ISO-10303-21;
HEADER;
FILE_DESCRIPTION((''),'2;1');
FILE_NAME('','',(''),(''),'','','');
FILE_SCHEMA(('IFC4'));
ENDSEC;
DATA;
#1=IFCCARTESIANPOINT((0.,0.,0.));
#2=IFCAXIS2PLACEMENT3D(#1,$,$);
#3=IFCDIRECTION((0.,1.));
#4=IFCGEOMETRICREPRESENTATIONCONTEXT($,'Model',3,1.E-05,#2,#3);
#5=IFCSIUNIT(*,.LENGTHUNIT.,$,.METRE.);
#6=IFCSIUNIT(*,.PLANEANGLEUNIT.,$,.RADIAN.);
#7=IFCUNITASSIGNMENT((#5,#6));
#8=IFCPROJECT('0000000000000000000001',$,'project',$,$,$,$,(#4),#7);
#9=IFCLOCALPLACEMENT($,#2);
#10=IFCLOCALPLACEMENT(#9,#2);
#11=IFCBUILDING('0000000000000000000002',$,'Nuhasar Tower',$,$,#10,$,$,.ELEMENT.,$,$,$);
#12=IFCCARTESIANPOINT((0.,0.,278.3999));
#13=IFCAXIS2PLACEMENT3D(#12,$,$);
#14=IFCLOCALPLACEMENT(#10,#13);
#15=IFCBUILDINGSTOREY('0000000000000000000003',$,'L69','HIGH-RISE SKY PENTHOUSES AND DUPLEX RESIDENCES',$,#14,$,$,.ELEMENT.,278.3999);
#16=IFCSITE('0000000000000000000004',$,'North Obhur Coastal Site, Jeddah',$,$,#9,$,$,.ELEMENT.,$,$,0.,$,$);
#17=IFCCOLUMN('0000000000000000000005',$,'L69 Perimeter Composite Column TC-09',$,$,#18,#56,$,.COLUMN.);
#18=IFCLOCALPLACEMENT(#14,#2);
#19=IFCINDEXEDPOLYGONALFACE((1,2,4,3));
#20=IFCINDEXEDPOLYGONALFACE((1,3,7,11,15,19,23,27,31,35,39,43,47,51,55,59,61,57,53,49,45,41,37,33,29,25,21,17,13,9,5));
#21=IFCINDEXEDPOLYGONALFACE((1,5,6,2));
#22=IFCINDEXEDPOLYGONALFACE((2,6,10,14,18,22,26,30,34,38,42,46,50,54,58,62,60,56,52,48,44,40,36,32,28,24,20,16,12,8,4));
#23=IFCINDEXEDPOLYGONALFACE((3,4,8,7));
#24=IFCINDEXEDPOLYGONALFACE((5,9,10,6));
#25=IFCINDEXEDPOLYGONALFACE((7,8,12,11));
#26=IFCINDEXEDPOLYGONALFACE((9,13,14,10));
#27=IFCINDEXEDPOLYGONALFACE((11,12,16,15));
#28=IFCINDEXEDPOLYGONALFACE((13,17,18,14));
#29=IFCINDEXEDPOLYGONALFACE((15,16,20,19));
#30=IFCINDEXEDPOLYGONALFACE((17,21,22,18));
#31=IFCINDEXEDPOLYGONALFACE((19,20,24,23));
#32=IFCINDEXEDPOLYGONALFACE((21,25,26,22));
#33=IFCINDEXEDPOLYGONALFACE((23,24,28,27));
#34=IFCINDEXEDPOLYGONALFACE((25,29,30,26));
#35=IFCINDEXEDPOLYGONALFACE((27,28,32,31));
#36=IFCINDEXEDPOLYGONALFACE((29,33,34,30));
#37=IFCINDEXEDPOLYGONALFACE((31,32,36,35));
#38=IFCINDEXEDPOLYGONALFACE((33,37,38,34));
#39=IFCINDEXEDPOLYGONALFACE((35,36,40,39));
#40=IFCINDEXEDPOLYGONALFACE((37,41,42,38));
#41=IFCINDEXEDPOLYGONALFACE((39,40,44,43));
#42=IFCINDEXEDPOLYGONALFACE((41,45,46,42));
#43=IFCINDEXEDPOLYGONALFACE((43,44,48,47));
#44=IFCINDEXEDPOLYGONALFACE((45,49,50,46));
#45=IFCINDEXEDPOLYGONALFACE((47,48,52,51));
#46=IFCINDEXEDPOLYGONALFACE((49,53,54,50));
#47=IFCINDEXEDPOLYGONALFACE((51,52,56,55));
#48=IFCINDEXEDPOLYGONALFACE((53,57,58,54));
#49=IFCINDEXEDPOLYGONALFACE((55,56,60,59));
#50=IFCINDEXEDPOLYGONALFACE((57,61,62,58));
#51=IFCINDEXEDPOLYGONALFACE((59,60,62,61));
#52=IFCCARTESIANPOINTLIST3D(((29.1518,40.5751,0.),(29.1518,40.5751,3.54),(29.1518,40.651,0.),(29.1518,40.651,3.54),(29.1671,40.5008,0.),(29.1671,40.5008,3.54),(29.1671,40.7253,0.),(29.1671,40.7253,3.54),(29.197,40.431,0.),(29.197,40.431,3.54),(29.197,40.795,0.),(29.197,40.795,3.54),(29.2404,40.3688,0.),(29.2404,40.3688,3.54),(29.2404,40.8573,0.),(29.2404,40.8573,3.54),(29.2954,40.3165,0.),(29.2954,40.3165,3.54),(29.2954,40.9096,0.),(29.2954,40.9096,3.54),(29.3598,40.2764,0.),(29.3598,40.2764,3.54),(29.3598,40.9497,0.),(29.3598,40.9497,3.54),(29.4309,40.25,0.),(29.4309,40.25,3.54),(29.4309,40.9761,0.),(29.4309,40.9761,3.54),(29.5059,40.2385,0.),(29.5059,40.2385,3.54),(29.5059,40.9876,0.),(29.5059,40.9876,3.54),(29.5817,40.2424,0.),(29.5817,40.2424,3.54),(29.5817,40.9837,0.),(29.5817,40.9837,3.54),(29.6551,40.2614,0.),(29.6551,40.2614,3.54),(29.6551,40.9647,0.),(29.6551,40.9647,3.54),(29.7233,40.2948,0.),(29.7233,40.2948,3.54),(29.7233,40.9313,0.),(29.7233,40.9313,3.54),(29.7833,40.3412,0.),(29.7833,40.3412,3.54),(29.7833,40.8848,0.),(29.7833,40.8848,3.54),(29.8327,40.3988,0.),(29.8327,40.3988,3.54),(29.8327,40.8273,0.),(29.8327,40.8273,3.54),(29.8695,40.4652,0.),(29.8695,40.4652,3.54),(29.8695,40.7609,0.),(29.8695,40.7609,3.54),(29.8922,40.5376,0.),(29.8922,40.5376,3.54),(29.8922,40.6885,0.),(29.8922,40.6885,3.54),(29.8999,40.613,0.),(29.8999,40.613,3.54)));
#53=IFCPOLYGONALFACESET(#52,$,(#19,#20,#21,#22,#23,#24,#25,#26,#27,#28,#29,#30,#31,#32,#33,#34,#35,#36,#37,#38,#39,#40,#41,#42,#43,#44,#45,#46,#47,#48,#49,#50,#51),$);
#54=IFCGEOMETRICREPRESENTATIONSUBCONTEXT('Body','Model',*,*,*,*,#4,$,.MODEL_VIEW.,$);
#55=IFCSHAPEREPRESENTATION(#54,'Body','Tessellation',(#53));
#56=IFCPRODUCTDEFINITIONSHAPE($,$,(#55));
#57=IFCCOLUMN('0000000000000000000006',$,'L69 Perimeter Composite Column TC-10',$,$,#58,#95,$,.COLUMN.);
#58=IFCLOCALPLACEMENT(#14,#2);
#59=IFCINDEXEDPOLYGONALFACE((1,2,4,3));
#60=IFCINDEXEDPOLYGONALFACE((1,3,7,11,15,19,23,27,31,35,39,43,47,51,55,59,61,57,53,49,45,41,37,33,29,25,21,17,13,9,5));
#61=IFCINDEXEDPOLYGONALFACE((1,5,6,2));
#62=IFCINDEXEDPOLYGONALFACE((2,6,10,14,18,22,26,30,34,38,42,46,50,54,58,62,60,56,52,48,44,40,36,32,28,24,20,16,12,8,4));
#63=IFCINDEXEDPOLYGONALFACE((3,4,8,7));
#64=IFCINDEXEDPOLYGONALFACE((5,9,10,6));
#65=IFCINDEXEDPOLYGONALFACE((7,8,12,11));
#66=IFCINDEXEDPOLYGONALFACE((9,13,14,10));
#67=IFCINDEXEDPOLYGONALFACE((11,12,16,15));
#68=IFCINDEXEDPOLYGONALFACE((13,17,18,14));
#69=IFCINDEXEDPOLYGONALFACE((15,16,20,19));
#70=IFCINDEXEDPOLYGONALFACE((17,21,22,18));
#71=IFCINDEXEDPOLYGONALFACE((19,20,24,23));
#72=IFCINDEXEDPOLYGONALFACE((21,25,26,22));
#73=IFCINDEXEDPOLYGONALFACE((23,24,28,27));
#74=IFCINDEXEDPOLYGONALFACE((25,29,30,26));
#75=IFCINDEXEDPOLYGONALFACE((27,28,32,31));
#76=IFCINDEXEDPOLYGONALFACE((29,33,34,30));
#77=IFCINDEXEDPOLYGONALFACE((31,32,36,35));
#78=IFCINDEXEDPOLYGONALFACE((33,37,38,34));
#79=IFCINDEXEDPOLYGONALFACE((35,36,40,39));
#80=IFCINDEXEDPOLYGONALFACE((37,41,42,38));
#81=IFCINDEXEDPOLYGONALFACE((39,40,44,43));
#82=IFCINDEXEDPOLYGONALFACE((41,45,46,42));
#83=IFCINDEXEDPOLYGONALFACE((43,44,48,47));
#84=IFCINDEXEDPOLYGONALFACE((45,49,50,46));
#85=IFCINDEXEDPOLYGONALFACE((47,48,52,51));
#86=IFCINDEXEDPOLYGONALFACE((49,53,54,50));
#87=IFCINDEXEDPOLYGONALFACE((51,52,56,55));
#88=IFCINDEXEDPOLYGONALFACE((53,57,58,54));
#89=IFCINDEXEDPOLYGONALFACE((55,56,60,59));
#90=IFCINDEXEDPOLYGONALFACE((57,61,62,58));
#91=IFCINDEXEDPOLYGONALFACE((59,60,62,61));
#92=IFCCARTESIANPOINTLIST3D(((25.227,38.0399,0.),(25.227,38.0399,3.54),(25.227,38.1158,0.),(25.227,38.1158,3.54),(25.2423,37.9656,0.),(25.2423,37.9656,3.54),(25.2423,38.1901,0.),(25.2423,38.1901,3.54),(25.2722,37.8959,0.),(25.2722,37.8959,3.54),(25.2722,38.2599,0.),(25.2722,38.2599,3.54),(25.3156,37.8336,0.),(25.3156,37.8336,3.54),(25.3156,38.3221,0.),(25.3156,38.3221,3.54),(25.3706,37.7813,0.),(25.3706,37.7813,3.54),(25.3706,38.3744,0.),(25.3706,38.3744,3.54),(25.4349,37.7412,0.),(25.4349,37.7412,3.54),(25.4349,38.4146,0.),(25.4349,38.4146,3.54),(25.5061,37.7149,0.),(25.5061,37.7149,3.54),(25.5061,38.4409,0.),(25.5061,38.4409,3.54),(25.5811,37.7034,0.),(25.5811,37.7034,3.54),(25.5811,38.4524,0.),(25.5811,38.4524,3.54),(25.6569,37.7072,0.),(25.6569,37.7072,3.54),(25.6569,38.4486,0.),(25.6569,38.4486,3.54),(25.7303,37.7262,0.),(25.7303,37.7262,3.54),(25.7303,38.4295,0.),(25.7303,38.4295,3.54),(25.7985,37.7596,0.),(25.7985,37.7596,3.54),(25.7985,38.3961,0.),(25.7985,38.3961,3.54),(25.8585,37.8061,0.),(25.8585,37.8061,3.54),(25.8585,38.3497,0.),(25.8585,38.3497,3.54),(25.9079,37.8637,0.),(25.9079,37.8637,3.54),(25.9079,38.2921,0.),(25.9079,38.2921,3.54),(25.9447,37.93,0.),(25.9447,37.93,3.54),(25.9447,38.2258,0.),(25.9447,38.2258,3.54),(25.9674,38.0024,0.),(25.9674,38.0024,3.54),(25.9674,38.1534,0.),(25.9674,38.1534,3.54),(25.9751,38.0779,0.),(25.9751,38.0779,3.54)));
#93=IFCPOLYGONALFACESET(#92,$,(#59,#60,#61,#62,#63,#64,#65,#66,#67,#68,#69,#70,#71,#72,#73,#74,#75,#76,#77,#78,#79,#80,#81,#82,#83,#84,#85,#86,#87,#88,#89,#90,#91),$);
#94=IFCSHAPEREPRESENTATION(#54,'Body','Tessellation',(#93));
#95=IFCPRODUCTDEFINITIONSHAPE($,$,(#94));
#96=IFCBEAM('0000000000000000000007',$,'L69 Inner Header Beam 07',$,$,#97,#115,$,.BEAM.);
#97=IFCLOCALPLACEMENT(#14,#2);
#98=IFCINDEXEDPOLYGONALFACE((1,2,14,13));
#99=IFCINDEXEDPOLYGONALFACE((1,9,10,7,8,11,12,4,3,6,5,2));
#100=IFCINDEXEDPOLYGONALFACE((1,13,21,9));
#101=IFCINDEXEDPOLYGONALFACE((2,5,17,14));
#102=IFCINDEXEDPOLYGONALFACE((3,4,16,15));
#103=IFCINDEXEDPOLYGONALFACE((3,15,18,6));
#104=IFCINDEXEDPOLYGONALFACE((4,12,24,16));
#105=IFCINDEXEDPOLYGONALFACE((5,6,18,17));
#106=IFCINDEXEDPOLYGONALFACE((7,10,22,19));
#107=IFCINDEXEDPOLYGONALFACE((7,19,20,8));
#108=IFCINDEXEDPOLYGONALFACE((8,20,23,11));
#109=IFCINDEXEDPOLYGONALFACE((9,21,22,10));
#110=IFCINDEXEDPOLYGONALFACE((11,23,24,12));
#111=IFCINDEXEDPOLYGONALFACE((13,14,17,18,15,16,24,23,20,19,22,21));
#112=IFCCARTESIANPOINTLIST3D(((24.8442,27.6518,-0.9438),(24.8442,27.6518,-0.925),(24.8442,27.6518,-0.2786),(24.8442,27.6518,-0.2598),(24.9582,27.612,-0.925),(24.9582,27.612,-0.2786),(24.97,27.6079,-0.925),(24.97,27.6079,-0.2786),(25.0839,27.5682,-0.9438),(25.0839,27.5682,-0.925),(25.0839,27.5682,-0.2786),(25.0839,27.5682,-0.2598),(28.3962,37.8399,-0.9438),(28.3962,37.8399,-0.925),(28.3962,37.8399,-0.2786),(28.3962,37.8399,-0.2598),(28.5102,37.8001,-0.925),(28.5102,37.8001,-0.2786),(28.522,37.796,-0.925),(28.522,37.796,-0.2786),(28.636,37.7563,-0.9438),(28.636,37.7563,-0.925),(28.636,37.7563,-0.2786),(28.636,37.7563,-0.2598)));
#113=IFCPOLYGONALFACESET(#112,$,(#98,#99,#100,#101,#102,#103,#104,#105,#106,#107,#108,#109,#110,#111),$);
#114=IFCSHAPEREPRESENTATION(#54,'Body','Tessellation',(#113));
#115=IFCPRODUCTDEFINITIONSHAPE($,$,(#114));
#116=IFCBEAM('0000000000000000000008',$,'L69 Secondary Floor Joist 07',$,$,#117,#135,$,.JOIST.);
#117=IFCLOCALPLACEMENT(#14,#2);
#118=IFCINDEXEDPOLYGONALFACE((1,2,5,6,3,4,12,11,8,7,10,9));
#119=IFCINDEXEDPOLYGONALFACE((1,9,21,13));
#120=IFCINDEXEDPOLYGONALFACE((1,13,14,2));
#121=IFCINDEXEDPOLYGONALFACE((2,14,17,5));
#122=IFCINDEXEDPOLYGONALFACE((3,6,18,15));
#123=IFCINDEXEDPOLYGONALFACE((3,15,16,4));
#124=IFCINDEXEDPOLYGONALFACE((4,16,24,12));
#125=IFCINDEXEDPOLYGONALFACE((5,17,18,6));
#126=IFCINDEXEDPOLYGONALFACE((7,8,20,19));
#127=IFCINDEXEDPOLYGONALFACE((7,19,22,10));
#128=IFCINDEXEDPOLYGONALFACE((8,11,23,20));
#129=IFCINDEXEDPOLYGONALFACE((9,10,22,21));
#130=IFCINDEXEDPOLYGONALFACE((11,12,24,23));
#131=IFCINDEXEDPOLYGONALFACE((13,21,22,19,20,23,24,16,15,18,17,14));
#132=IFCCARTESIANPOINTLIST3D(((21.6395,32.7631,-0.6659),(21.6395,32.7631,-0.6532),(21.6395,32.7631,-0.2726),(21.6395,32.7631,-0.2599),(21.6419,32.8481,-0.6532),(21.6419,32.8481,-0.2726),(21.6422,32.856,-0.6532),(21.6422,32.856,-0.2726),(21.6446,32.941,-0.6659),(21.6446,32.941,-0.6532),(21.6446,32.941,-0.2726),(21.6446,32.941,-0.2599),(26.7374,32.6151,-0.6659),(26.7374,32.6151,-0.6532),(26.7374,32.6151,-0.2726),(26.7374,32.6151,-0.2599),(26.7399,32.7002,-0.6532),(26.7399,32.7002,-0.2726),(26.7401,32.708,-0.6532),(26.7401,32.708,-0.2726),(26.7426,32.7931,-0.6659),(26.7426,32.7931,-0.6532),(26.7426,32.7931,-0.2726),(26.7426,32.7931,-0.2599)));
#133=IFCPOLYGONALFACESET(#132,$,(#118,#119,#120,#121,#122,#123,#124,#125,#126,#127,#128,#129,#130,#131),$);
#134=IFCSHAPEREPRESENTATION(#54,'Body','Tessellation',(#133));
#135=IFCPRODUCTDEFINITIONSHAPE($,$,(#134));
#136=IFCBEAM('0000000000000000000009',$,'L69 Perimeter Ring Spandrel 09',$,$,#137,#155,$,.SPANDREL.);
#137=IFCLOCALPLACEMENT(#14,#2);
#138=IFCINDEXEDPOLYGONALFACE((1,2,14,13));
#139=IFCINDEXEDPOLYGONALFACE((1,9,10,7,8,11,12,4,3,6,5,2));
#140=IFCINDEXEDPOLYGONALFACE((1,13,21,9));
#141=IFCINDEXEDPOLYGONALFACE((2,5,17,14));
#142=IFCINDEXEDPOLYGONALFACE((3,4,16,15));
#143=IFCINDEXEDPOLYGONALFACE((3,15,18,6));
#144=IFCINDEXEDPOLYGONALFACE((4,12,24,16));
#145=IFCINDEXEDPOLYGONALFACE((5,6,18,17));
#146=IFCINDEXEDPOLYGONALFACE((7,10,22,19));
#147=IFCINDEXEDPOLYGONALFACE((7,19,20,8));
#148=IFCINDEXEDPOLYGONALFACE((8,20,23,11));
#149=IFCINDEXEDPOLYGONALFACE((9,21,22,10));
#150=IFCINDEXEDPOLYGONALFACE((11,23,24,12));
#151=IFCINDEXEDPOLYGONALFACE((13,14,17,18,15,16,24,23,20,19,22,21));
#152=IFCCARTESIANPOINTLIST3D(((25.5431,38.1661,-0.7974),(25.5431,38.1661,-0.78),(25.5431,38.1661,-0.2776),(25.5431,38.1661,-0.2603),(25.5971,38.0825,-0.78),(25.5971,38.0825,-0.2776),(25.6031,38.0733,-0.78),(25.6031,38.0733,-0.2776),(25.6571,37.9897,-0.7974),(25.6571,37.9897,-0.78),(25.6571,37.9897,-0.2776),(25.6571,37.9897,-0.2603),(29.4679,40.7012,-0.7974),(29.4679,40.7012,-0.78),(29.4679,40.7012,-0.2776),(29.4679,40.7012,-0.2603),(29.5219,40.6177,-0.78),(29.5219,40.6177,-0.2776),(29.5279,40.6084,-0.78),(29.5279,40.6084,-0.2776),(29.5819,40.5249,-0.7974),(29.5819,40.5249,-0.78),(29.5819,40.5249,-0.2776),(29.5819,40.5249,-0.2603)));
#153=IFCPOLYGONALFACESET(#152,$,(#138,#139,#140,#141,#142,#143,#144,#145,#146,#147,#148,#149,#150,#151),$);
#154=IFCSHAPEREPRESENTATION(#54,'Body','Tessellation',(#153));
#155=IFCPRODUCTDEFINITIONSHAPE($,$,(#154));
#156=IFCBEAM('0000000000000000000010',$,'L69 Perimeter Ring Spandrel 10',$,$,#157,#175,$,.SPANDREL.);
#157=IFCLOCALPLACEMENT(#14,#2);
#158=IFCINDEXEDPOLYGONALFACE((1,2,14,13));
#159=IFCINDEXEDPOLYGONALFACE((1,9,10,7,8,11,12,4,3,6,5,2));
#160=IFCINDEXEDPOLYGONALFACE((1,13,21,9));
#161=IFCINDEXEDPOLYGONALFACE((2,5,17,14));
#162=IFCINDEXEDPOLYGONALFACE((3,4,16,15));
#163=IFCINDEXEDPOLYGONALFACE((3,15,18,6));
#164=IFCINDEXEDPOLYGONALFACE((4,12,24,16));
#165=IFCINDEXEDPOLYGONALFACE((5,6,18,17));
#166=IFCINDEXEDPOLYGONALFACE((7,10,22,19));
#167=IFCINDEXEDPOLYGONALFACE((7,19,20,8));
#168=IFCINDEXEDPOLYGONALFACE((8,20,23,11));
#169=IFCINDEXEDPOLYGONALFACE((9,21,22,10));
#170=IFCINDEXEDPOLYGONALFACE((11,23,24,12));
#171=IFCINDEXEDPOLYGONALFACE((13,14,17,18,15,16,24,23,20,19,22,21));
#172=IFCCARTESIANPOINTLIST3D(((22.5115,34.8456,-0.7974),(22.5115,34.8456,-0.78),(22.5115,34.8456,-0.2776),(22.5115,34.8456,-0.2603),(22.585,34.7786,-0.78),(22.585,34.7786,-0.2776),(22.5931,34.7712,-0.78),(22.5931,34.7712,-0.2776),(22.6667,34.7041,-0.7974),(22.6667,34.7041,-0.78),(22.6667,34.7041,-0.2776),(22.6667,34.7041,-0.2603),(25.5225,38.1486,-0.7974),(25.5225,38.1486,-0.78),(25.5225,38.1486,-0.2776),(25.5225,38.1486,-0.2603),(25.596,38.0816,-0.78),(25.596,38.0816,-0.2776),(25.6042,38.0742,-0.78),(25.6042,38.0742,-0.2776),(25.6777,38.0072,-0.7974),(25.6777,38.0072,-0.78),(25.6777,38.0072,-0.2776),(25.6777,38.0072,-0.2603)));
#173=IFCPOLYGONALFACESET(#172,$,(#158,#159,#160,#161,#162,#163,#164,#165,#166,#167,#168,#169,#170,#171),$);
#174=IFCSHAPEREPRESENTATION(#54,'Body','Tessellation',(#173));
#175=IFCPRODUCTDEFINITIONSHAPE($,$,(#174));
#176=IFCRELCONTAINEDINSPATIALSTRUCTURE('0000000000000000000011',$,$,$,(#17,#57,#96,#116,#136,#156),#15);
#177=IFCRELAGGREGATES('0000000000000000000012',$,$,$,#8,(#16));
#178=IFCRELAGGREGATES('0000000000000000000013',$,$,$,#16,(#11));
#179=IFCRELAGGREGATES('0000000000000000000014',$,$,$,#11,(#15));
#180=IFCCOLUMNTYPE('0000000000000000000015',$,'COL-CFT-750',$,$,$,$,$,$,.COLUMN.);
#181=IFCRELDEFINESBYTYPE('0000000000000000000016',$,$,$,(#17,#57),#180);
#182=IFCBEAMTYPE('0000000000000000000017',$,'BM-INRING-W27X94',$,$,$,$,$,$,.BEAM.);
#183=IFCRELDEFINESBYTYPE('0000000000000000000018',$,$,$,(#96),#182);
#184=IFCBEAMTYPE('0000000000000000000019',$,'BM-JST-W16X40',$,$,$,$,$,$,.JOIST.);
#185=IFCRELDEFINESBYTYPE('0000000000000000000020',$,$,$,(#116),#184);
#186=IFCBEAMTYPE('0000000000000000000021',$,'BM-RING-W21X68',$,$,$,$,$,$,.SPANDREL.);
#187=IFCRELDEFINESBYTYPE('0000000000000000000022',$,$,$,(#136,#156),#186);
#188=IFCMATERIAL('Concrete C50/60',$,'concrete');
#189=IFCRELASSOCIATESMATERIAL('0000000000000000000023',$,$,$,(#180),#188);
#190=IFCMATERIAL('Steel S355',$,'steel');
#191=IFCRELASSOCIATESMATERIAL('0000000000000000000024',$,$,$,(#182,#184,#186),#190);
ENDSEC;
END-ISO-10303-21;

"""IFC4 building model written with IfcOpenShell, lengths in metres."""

from ifc_helpers import new_model, si_unit, direction, frame, origin, origin_2d, place, context, subcontext, project, spatial, circle, i_section, extrude, material, material_profile, profile_set, type_object, element, save


model = new_model("IFC4")

# Units and contexts
model_context = context("Model", 3, precision=1e-05, world=origin(), true_north=direction((0.0, 1.0)))
body_context = subcontext(model_context, "Body", "Model", "MODEL_VIEW")
ifc_project = project(units=[si_unit("LENGTHUNIT", "METRE"), si_unit("PLANEANGLEUNIT", "RADIAN")], contexts=[model_context])

# Site, building, storey
site_placement = place(None, origin())
site = spatial("IfcSite", under=ifc_project, at=site_placement, Name="North Obhur Coastal Site, Jeddah", CompositionType="ELEMENT", RefElevation=0.0)
building_placement = place(site_placement, origin())
building = spatial("IfcBuilding", under=site, at=building_placement, Name="Nuhasar Tower", CompositionType="ELEMENT")
storey_placement = place(building_placement, frame((0.0, 0.0, 278.3999)))
storey = spatial("IfcBuildingStorey", under=building, at=storey_placement, Name="L69", Description="HIGH-RISE SKY PENTHOUSES AND DUPLEX RESIDENCES", CompositionType="ELEMENT", Elevation=278.3999)

# Columns
ifc_material_1 = material(Name="Concrete C50/60", Category="concrete")
ifc_material_profile_1 = material_profile(ifc_material_1, circle(Radius=0.375, at=origin_2d()), Name="CFT750")
ifc_profile_set_1 = profile_set([ifc_material_profile_1], Name="Concrete C50/60")
column_type = type_object("IfcColumnType", Name="COL-CFT-750", PredefinedType="COLUMN", material=ifc_profile_set_1)
for number, where, z_axis, x_axis, name in (
    (1, (29.5249, 40.613, 0.0), (0.0, 0.0, 1.0), (1.0, 0.0, 0.0), "L69 Perimeter Composite Column TC-09"),
    (2, (25.6001, 38.0779, 0.0), (0.0, 0.0, 1.0), (1.0, 0.0, 0.0), "L69 Perimeter Composite Column TC-10"),
):
    element("IfcColumn", number, at=place(storey_placement, frame(where, z_axis=z_axis, x_axis=x_axis)), inside=storey, type_object=column_type, Name=name, PredefinedType="COLUMN", context=body_context, shape_type="SweptSolid", body=[
        extrude(circle(Radius=0.375, at=origin_2d()), origin(), (0.0, 0.0, 1.0), 3.54),
    ])

# Beams
ifc_material_2 = material(Name="Steel S355", Category="steel")
ifc_material_profile_2 = material_profile(ifc_material_2, i_section(OverallWidth=0.2539, OverallDepth=0.6841, WebThickness=0.0125, FlangeThickness=0.0188, at=origin_2d()), Name="W27X94")
ifc_profile_set_2 = profile_set([ifc_material_profile_2], Name="Steel S355")
beam_type_1 = type_object("IfcBeamType", Name="BM-INRING-W27X94", PredefinedType="BEAM", material=ifc_profile_set_2)
beam_1_placement = place(storey_placement, frame((28.5161, 37.7981, -0.6018), z_axis=(-0.329211, -0.944256, 0.0), x_axis=(0.944256, -0.329211, 0.0)))
element("IfcBeam", 3, at=beam_1_placement, inside=storey, type_object=beam_type_1, Name="L69 Inner Header Beam 07", PredefinedType="BEAM", context=body_context, shape_type="SweptSolid", body=[
    extrude(i_section(OverallWidth=0.2539, OverallDepth=0.6841, WebThickness=0.0125, FlangeThickness=0.0188, at=origin_2d()), origin(), (0.0, 0.0, 1.0), 10.7896),
])
ifc_material_profile_3 = material_profile(ifc_material_2, i_section(OverallWidth=0.178, OverallDepth=0.406, WebThickness=0.0078, FlangeThickness=0.0127, at=origin_2d()), Name="W16X40")
ifc_profile_set_3 = profile_set([ifc_material_profile_3], Name="Steel S355")
beam_type_2 = type_object("IfcBeamType", Name="BM-JST-W16X40", PredefinedType="JOIST", material=ifc_profile_set_3)
beam_2_placement = place(storey_placement, frame((26.74, 32.7041, -0.4629), z_axis=(-0.999579, 0.029009, 0.0), x_axis=(-0.029009, -0.999579, 0.0)))
element("IfcBeam", 4, at=beam_2_placement, inside=storey, type_object=beam_type_2, Name="L69 Secondary Floor Joist 07", PredefinedType="JOIST", context=body_context, shape_type="SweptSolid", body=[
    extrude(i_section(OverallWidth=0.178, OverallDepth=0.406, WebThickness=0.0078, FlangeThickness=0.0127, at=origin_2d()), origin(), (0.0, 0.0, 1.0), 5.1001),
])
ifc_material_profile_4 = material_profile(ifc_material_2, i_section(OverallWidth=0.21, OverallDepth=0.5371, WebThickness=0.011, FlangeThickness=0.0173, at=origin_2d()), Name="W21X68")
ifc_profile_set_4 = profile_set([ifc_material_profile_4], Name="Steel S355")
beam_type_3 = type_object("IfcBeamType", Name="BM-RING-W21X68", PredefinedType="SPANDREL", material=ifc_profile_set_4)
beam_3_placement = place(storey_placement, frame((29.5249, 40.613, -0.5288), z_axis=(-0.840002, -0.542584, 0.0), x_axis=(0.542584, -0.840002, 0.0)))
element("IfcBeam", 5, at=beam_3_placement, inside=storey, type_object=beam_type_3, Name="L69 Perimeter Ring Spandrel 09", PredefinedType="SPANDREL", context=body_context, shape_type="SweptSolid", body=[
    extrude(i_section(OverallWidth=0.21, OverallDepth=0.5371, WebThickness=0.011, FlangeThickness=0.0173, at=origin_2d()), origin(), (0.0, 0.0, 1.0), 4.6724),
])
beam_4_placement = place(storey_placement, frame((25.6001, 38.0779, -0.5288), z_axis=(-0.673686, -0.739017, 0.0), x_axis=(0.739017, -0.673686, 0.0)))
element("IfcBeam", 6, at=beam_4_placement, inside=storey, type_object=beam_type_3, Name="L69 Perimeter Ring Spandrel 10", PredefinedType="SPANDREL", context=body_context, shape_type="SweptSolid", body=[
    extrude(i_section(OverallWidth=0.21, OverallDepth=0.5371, WebThickness=0.011, FlangeThickness=0.0173, at=origin_2d()), origin(), (0.0, 0.0, 1.0), 4.4695),
])

save(model, "model.ifc")
